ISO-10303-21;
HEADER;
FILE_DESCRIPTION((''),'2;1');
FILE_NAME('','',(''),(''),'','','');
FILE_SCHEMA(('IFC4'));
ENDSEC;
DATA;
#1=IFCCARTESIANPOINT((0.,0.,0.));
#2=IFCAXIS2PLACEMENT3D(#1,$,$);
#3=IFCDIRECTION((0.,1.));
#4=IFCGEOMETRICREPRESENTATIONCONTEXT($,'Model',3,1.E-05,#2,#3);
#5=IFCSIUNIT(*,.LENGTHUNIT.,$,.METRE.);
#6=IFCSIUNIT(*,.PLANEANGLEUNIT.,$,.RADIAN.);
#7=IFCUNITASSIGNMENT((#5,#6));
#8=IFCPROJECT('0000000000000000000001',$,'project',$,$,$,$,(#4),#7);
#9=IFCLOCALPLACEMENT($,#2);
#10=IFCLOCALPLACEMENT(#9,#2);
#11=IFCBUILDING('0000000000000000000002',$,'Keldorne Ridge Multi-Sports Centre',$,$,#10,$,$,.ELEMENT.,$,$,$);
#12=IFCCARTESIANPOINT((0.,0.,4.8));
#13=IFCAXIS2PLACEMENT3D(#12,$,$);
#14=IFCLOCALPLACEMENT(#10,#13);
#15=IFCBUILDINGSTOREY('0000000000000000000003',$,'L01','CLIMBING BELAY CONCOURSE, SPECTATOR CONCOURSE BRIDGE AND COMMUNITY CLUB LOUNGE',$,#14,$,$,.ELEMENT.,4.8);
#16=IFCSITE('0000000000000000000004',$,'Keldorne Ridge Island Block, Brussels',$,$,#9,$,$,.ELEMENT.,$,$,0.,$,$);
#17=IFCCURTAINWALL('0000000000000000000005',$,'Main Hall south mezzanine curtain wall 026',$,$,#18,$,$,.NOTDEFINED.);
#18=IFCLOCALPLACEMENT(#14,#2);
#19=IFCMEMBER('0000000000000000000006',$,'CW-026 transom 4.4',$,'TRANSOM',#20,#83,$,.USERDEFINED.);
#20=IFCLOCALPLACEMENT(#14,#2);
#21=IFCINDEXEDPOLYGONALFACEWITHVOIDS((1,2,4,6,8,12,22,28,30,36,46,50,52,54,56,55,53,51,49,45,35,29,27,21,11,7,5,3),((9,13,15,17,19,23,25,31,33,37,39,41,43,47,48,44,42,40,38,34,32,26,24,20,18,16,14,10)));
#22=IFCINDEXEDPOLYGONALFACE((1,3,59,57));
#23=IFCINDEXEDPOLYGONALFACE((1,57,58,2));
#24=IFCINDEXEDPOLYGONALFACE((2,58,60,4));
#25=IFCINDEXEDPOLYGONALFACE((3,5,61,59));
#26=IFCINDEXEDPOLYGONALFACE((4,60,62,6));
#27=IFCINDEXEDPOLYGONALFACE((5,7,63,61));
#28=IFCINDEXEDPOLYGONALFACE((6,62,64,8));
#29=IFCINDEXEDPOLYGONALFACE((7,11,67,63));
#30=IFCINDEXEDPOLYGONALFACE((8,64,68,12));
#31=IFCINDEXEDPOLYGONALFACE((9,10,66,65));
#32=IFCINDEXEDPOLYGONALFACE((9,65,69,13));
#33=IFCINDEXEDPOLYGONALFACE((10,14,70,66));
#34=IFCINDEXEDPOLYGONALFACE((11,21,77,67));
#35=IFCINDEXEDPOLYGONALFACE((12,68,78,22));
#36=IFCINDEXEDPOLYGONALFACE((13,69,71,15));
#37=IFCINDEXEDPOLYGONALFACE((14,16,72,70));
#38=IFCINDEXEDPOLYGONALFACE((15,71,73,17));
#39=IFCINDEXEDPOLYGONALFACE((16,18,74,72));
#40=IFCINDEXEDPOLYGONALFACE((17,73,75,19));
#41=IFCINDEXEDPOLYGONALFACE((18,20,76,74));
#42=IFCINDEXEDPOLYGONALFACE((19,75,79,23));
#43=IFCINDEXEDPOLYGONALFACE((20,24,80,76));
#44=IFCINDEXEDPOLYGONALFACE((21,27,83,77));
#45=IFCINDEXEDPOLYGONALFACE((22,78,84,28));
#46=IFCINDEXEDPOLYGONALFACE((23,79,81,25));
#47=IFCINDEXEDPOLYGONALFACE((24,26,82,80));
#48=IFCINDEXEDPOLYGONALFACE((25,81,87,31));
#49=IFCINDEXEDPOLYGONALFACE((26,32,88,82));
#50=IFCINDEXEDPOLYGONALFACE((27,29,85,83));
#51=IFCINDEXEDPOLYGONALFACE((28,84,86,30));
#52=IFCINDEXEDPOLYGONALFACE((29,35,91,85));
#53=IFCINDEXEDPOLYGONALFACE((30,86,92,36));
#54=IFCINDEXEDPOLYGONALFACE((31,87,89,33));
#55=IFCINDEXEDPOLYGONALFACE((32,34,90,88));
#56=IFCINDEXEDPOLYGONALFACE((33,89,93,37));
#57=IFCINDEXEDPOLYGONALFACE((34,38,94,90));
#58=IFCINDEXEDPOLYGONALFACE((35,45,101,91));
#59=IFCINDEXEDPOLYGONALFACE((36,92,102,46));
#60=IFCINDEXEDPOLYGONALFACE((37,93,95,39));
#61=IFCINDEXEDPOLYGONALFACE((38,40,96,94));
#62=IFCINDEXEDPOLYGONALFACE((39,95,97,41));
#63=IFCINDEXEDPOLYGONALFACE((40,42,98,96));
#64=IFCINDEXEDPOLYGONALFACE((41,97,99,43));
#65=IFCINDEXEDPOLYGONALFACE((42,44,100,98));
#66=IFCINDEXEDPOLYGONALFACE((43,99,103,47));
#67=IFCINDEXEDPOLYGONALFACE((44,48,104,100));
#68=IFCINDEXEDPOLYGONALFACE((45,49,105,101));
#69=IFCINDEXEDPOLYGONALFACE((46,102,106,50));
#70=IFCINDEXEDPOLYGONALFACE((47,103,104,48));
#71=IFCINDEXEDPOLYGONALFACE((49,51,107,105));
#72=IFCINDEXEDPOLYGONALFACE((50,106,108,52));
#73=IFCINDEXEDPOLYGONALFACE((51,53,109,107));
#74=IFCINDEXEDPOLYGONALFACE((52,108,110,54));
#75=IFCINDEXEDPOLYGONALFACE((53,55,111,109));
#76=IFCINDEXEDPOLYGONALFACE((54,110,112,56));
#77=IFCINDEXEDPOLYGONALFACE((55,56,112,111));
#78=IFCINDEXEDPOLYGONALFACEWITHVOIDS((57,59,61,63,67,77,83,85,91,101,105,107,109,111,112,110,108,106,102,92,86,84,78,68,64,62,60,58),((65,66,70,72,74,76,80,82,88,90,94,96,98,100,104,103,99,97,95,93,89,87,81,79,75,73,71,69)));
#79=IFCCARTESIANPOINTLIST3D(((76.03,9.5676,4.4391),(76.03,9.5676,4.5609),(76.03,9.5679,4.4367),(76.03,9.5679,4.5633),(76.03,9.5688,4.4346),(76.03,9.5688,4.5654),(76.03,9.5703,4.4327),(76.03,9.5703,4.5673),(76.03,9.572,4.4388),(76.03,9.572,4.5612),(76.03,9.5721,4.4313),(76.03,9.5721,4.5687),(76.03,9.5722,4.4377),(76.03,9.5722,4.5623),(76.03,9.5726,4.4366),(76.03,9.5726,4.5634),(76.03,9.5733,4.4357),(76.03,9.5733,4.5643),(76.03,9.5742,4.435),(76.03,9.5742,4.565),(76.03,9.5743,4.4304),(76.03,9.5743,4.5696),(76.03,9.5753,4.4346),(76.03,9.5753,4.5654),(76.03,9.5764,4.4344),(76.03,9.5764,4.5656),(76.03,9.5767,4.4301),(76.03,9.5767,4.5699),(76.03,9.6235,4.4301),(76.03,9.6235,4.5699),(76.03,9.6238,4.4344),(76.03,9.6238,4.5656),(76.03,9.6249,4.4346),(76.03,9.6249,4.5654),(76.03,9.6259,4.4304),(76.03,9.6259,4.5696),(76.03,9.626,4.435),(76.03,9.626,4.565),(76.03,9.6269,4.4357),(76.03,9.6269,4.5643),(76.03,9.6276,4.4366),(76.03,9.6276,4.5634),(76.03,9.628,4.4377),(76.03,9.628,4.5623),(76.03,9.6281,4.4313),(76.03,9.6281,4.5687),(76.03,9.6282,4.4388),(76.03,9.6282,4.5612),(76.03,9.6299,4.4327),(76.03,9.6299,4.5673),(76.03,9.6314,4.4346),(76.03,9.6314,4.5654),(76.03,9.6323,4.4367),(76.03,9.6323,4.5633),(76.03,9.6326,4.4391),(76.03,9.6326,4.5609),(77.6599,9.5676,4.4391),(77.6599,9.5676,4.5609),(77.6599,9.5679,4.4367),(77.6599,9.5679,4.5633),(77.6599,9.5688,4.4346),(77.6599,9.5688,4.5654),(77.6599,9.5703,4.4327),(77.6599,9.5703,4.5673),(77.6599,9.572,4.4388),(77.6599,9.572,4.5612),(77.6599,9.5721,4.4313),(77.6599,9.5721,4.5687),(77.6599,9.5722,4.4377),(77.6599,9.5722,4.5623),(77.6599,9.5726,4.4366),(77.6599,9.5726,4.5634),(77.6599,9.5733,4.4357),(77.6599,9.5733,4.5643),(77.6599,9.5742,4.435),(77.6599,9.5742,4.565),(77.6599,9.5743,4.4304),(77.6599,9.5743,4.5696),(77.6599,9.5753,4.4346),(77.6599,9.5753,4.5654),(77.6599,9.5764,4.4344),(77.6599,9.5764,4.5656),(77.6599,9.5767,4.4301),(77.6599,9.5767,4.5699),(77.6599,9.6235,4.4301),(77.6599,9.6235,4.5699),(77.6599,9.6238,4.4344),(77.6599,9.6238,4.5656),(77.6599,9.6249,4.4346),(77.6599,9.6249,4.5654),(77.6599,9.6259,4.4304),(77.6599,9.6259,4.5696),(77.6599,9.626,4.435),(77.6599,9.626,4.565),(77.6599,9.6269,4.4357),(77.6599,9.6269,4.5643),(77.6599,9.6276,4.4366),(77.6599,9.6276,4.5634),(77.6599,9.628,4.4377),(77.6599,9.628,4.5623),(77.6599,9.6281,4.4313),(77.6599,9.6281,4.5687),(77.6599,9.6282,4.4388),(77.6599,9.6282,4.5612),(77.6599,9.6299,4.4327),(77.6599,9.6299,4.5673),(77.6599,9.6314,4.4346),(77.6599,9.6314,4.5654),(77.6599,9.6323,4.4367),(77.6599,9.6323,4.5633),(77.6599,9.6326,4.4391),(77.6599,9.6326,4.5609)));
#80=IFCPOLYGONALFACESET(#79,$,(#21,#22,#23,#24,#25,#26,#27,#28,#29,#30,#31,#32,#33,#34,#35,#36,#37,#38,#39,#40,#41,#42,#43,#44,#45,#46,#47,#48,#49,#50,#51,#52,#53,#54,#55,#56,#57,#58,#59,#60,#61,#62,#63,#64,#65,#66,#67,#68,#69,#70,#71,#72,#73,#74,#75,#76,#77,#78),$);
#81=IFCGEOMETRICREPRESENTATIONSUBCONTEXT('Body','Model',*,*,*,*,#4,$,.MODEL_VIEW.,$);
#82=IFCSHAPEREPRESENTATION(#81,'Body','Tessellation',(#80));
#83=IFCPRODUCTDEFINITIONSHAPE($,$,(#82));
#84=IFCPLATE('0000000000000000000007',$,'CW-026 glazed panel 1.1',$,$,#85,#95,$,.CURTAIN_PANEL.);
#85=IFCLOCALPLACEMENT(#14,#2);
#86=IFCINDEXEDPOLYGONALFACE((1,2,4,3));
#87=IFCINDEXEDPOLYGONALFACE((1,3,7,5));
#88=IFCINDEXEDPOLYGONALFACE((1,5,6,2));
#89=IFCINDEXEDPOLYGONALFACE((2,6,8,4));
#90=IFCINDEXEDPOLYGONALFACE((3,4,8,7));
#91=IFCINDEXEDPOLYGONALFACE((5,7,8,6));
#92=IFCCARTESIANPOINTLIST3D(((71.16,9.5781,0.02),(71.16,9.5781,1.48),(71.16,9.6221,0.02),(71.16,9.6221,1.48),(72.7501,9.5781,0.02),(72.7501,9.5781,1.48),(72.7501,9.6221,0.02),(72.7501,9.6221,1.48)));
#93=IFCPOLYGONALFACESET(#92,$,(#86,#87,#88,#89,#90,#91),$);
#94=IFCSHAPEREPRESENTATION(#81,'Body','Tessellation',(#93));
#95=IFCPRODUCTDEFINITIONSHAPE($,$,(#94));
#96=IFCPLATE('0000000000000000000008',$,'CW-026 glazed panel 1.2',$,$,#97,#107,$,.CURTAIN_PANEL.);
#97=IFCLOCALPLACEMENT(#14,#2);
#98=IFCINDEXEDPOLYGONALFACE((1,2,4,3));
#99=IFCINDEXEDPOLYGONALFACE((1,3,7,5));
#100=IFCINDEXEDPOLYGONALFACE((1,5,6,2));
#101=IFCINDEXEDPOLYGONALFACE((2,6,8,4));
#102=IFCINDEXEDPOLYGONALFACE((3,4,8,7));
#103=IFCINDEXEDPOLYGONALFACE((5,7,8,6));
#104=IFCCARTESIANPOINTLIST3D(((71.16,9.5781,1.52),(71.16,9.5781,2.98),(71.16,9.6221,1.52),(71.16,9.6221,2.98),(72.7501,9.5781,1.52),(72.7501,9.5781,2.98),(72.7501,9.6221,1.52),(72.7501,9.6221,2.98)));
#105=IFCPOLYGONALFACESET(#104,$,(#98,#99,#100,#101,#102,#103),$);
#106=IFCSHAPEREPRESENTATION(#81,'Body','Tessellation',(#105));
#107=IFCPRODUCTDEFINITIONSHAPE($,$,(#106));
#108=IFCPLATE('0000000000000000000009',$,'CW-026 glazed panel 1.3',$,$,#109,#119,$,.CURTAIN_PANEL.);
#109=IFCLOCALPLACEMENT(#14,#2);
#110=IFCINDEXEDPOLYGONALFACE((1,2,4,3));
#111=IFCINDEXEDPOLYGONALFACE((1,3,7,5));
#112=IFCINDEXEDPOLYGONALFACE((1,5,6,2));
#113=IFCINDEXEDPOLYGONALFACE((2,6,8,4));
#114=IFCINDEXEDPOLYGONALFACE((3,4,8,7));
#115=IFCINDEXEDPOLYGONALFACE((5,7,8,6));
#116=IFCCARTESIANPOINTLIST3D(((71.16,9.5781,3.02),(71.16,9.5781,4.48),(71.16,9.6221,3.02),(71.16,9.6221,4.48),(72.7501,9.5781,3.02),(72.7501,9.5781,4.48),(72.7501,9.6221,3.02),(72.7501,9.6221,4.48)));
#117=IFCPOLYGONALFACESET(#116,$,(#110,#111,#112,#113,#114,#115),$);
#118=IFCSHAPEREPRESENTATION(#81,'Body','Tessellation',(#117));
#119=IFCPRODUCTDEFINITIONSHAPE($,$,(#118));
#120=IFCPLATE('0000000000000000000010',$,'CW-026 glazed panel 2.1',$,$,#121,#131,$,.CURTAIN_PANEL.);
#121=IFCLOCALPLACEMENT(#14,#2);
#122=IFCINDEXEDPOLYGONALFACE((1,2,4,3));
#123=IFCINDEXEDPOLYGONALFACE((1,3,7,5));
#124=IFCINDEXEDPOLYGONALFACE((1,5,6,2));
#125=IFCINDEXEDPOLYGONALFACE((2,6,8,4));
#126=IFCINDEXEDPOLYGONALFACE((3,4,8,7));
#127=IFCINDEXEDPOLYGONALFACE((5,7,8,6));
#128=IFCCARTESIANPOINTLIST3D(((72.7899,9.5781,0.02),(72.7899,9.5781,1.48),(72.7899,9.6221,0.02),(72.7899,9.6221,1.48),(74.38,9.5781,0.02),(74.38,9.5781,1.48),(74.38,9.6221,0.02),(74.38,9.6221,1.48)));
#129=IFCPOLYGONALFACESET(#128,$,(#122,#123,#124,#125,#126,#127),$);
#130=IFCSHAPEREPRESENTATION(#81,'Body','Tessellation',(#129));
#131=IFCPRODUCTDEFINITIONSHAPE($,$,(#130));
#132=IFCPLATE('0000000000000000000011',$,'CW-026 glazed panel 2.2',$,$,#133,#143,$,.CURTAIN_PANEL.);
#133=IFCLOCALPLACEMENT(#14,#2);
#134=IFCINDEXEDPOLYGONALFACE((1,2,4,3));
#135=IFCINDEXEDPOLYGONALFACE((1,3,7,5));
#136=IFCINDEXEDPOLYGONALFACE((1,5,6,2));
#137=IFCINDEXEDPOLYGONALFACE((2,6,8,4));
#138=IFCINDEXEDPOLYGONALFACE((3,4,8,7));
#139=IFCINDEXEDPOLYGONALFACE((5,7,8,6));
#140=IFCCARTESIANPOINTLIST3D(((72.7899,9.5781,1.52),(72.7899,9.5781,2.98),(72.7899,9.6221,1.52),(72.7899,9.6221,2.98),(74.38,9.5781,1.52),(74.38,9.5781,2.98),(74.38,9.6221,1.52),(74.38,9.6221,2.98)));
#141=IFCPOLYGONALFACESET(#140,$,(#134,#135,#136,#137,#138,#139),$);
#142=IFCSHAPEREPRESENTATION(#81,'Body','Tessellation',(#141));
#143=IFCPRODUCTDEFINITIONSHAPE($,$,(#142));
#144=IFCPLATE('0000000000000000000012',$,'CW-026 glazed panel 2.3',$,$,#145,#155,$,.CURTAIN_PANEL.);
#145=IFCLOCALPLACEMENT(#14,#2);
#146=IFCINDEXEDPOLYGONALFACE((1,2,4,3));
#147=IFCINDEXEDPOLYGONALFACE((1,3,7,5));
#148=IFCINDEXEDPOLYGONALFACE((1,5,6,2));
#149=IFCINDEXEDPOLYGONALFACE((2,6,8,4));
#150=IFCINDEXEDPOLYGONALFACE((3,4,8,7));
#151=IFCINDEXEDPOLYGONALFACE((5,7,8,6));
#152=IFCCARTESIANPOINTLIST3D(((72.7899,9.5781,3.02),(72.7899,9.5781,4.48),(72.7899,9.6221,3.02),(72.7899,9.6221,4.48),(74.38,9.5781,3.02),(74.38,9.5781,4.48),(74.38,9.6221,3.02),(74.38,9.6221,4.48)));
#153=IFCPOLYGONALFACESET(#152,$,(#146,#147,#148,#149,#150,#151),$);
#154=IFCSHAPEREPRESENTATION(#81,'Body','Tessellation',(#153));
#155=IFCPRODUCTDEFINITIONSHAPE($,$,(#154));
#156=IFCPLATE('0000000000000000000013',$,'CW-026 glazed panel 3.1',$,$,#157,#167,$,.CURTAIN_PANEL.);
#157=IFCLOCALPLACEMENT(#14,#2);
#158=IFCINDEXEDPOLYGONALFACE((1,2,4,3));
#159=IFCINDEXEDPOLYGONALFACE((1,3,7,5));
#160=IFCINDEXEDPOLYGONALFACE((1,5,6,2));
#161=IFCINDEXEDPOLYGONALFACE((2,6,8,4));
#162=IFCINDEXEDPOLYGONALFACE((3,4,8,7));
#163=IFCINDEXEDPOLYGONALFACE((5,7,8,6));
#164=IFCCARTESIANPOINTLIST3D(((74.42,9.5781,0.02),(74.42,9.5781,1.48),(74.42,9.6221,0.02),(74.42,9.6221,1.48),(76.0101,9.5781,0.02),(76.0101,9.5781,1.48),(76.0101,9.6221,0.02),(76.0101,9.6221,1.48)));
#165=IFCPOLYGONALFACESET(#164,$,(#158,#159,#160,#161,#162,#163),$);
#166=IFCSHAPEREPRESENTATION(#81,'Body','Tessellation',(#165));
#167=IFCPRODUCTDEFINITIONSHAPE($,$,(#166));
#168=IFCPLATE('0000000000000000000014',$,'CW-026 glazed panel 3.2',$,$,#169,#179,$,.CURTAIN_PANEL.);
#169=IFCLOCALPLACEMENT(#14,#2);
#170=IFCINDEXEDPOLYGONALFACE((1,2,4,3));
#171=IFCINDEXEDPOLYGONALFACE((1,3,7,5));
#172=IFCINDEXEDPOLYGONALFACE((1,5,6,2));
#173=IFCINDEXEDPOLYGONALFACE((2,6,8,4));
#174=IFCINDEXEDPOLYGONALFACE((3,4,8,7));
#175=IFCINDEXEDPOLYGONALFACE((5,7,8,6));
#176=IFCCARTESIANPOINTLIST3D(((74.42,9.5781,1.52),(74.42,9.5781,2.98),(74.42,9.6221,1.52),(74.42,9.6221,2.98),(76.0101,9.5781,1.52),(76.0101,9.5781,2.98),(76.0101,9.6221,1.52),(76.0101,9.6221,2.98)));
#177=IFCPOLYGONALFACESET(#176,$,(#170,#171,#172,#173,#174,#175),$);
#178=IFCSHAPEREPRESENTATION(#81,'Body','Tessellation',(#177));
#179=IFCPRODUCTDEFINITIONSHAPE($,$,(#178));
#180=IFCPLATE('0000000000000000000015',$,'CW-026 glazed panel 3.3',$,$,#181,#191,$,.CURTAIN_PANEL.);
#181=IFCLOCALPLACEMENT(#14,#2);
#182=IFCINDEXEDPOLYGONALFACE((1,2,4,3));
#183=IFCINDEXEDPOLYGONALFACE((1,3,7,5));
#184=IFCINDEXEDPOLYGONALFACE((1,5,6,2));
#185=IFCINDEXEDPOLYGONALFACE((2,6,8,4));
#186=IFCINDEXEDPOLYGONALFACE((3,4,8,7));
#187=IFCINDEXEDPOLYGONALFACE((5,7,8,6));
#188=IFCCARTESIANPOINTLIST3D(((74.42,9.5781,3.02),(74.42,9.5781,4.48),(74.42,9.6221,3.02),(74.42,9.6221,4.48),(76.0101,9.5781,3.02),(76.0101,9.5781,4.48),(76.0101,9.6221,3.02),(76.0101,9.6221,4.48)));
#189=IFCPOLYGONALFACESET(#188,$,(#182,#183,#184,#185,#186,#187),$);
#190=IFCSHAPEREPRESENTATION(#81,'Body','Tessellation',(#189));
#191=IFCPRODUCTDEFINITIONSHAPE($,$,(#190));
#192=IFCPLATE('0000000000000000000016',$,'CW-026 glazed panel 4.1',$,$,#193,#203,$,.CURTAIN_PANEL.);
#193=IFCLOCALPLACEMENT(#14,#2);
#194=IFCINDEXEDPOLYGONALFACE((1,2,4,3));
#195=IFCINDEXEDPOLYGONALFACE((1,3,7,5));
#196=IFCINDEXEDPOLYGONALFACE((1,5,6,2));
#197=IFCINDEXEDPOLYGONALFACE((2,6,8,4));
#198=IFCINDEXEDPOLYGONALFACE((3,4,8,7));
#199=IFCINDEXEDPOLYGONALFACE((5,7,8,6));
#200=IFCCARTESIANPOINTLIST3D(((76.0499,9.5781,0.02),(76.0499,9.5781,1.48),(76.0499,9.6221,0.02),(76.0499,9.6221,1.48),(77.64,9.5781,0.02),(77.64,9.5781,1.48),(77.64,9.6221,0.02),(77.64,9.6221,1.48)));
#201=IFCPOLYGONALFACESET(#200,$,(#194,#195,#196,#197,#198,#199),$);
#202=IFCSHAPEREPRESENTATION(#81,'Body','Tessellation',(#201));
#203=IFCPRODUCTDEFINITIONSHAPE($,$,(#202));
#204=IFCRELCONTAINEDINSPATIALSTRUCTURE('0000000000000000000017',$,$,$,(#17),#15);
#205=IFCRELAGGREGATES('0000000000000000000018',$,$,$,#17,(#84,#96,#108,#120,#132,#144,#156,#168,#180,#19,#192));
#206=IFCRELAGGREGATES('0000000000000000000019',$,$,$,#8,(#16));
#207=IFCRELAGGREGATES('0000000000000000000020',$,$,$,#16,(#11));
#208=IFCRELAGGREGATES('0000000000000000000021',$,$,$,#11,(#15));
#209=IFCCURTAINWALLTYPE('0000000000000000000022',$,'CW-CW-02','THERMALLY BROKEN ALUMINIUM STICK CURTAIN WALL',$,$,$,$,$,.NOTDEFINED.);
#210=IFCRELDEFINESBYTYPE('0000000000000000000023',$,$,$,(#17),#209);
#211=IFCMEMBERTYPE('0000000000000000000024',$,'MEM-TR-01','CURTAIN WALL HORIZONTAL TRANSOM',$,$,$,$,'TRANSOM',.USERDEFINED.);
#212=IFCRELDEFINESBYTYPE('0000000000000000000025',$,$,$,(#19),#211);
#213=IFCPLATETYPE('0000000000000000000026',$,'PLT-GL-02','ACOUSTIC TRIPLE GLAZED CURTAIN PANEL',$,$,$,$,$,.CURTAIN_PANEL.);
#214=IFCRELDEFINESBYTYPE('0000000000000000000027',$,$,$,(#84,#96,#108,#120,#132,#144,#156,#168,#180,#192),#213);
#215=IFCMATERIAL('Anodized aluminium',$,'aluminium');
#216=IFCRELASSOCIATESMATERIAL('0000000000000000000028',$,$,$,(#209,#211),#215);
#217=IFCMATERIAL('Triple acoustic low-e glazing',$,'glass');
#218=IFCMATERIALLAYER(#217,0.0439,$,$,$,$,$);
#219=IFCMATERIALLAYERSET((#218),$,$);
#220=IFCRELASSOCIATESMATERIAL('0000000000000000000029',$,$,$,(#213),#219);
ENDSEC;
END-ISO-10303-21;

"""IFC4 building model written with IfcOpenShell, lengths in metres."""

from ifc_helpers import new_model, si_unit, direction, frame, origin, origin_2d, place, context, subcontext, project, spatial, rectangle, hollow_rectangle, extrude, material, layer, layer_set, material_profile, profile_set, type_object, element, aggregate, save


model = new_model("IFC4")

# Units and contexts
model_context = context("Model", 3, precision=1e-05, world=origin(), true_north=direction((0.0, 1.0)))
body_context = subcontext(model_context, "Body", "Model", "MODEL_VIEW")
ifc_project = project(units=[si_unit("LENGTHUNIT", "METRE"), si_unit("PLANEANGLEUNIT", "RADIAN")], contexts=[model_context])

# Site, building, storey
site_placement = place(None, origin())
site = spatial("IfcSite", under=ifc_project, at=site_placement, Name="Keldorne Ridge Island Block, Brussels", CompositionType="ELEMENT", RefElevation=0.0)
building_placement = place(site_placement, origin())
building = spatial("IfcBuilding", under=site, at=building_placement, Name="Keldorne Ridge Multi-Sports Centre", CompositionType="ELEMENT")
storey_placement = place(building_placement, frame((0.0, 0.0, 4.8)))
storey = spatial("IfcBuildingStorey", under=building, at=storey_placement, Name="L01", Description="CLIMBING BELAY CONCOURSE, SPECTATOR CONCOURSE BRIDGE AND COMMUNITY CLUB LOUNGE", CompositionType="ELEMENT", Elevation=4.8)

# Curtain wall, member, plates
ifc_material_1 = material(Name="Anodized aluminium", Category="aluminium")
curtain_wall_type = type_object("IfcCurtainWallType", Name="CW-CW-02", Description="THERMALLY BROKEN ALUMINIUM STICK CURTAIN WALL", PredefinedType="NOTDEFINED", material=ifc_material_1)
curtain_wall_placement = place(storey_placement, origin())
curtain_wall = element("IfcCurtainWall", 1, at=curtain_wall_placement, inside=storey, type_object=curtain_wall_type, Name="Main Hall south mezzanine curtain wall 026", PredefinedType="NOTDEFINED")
ifc_material_profile_1 = material_profile(ifc_material_1, hollow_rectangle(XDim=0.0649, YDim=0.1399, WallThickness=0.0044, InnerFilletRadius=0.0044, OuterFilletRadius=0.009, at=origin_2d()), Name="ALU TRANSOM 140x65x4.5")
ifc_profile_set_1 = profile_set([ifc_material_profile_1], Name="Anodized aluminium")
member_type_1 = type_object("IfcMemberType", Name="MEM-TR-01", Description="CURTAIN WALL HORIZONTAL TRANSOM", ElementType="TRANSOM", PredefinedType="USERDEFINED", material=ifc_profile_set_1)
member_1_placement = place(storey_placement, frame((76.03, 9.6001, 4.5), z_axis=(1.0, 0.0, 0.0), x_axis=(0.0, 1.0, 0.0)))
member_1 = element("IfcMember", 2, at=member_1_placement, type_object=member_type_1, Name="CW-026 transom 4.4", ObjectType="TRANSOM", PredefinedType="USERDEFINED", context=body_context, shape_type="SweptSolid", body=[
    extrude(hollow_rectangle(XDim=0.0649, YDim=0.1399, WallThickness=0.0044, InnerFilletRadius=0.0044, OuterFilletRadius=0.009, at=origin_2d()), origin(), (0.0, 0.0, 1.0), 1.6299),
])
ifc_material_2 = material(Name="Triple acoustic low-e glazing", Category="glass")
ifc_layer = layer(ifc_material_2, 0.0439)
ifc_layer_set = layer_set([ifc_layer])
plate_type = type_object("IfcPlateType", Name="PLT-GL-02", Description="ACOUSTIC TRIPLE GLAZED CURTAIN PANEL", PredefinedType="CURTAIN_PANEL", material=ifc_layer_set)
plate_1_placement = place(storey_placement, frame((71.9551, 9.6001, 0.02), z_axis=(0.0, 0.0, 1.0), x_axis=(1.0, 0.0, 0.0)))
plate_1 = element("IfcPlate", 3, at=plate_1_placement, type_object=plate_type, Name="CW-026 glazed panel 1.1", PredefinedType="CURTAIN_PANEL", context=body_context, shape_type="SweptSolid", body=[
    extrude(rectangle(XDim=1.5901, YDim=0.0439, at=origin_2d()), origin(), (0.0, 0.0, 1.0), 1.46),
])
plate_2_placement = place(storey_placement, frame((71.9551, 9.6001, 1.52), z_axis=(0.0, 0.0, 1.0), x_axis=(1.0, 0.0, 0.0)))
plate_2 = element("IfcPlate", 4, at=plate_2_placement, type_object=plate_type, Name="CW-026 glazed panel 1.2", PredefinedType="CURTAIN_PANEL", context=body_context, shape_type="SweptSolid", body=[
    extrude(rectangle(XDim=1.5901, YDim=0.0439, at=origin_2d()), origin(), (0.0, 0.0, 1.0), 1.46),
])
plate_3_placement = place(storey_placement, frame((71.9551, 9.6001, 3.02), z_axis=(0.0, 0.0, 1.0), x_axis=(1.0, 0.0, 0.0)))
plate_3 = element("IfcPlate", 5, at=plate_3_placement, type_object=plate_type, Name="CW-026 glazed panel 1.3", PredefinedType="CURTAIN_PANEL", context=body_context, shape_type="SweptSolid", body=[
    extrude(rectangle(XDim=1.5901, YDim=0.0439, at=origin_2d()), origin(), (0.0, 0.0, 1.0), 1.46),
])
plate_4_placement = place(storey_placement, frame((73.585, 9.6001, 0.02), z_axis=(0.0, 0.0, 1.0), x_axis=(1.0, 0.0, 0.0)))
plate_4 = element("IfcPlate", 6, at=plate_4_placement, type_object=plate_type, Name="CW-026 glazed panel 2.1", PredefinedType="CURTAIN_PANEL", context=body_context, shape_type="SweptSolid", body=[
    extrude(rectangle(XDim=1.5901, YDim=0.0439, at=origin_2d()), origin(), (0.0, 0.0, 1.0), 1.46),
])
plate_5_placement = place(storey_placement, frame((73.585, 9.6001, 1.52), z_axis=(0.0, 0.0, 1.0), x_axis=(1.0, 0.0, 0.0)))
plate_5 = element("IfcPlate", 7, at=plate_5_placement, type_object=plate_type, Name="CW-026 glazed panel 2.2", PredefinedType="CURTAIN_PANEL", context=body_context, shape_type="SweptSolid", body=[
    extrude(rectangle(XDim=1.5901, YDim=0.0439, at=origin_2d()), origin(), (0.0, 0.0, 1.0), 1.46),
])
plate_6_placement = place(storey_placement, frame((73.585, 9.6001, 3.02), z_axis=(0.0, 0.0, 1.0), x_axis=(1.0, 0.0, 0.0)))
plate_6 = element("IfcPlate", 8, at=plate_6_placement, type_object=plate_type, Name="CW-026 glazed panel 2.3", PredefinedType="CURTAIN_PANEL", context=body_context, shape_type="SweptSolid", body=[
    extrude(rectangle(XDim=1.5901, YDim=0.0439, at=origin_2d()), origin(), (0.0, 0.0, 1.0), 1.46),
])
plate_7_placement = place(storey_placement, frame((75.2151, 9.6001, 0.02), z_axis=(0.0, 0.0, 1.0), x_axis=(1.0, 0.0, 0.0)))
plate_7 = element("IfcPlate", 9, at=plate_7_placement, type_object=plate_type, Name="CW-026 glazed panel 3.1", PredefinedType="CURTAIN_PANEL", context=body_context, shape_type="SweptSolid", body=[
    extrude(rectangle(XDim=1.5901, YDim=0.0439, at=origin_2d()), origin(), (0.0, 0.0, 1.0), 1.46),
])
plate_8_placement = place(storey_placement, frame((75.2151, 9.6001, 1.52), z_axis=(0.0, 0.0, 1.0), x_axis=(1.0, 0.0, 0.0)))
plate_8 = element("IfcPlate", 10, at=plate_8_placement, type_object=plate_type, Name="CW-026 glazed panel 3.2", PredefinedType="CURTAIN_PANEL", context=body_context, shape_type="SweptSolid", body=[
    extrude(rectangle(XDim=1.5901, YDim=0.0439, at=origin_2d()), origin(), (0.0, 0.0, 1.0), 1.46),
])
plate_9_placement = place(storey_placement, frame((75.2151, 9.6001, 3.02), z_axis=(0.0, 0.0, 1.0), x_axis=(1.0, 0.0, 0.0)))
plate_9 = element("IfcPlate", 11, at=plate_9_placement, type_object=plate_type, Name="CW-026 glazed panel 3.3", PredefinedType="CURTAIN_PANEL", context=body_context, shape_type="SweptSolid", body=[
    extrude(rectangle(XDim=1.5901, YDim=0.0439, at=origin_2d()), origin(), (0.0, 0.0, 1.0), 1.46),
])
plate_10_placement = place(storey_placement, frame((76.845, 9.6001, 0.02), z_axis=(0.0, 0.0, 1.0), x_axis=(1.0, 0.0, 0.0)))
plate_10 = element("IfcPlate", 12, at=plate_10_placement, type_object=plate_type, Name="CW-026 glazed panel 4.1", PredefinedType="CURTAIN_PANEL", context=body_context, shape_type="SweptSolid", body=[
    extrude(rectangle(XDim=1.5901, YDim=0.0439, at=origin_2d()), origin(), (0.0, 0.0, 1.0), 1.46),
])
aggregate(curtain_wall, [plate_1, plate_2, plate_3, plate_4, plate_5, plate_6, plate_7, plate_8, plate_9, member_1, plate_10])

save(model, "model.ifc")
